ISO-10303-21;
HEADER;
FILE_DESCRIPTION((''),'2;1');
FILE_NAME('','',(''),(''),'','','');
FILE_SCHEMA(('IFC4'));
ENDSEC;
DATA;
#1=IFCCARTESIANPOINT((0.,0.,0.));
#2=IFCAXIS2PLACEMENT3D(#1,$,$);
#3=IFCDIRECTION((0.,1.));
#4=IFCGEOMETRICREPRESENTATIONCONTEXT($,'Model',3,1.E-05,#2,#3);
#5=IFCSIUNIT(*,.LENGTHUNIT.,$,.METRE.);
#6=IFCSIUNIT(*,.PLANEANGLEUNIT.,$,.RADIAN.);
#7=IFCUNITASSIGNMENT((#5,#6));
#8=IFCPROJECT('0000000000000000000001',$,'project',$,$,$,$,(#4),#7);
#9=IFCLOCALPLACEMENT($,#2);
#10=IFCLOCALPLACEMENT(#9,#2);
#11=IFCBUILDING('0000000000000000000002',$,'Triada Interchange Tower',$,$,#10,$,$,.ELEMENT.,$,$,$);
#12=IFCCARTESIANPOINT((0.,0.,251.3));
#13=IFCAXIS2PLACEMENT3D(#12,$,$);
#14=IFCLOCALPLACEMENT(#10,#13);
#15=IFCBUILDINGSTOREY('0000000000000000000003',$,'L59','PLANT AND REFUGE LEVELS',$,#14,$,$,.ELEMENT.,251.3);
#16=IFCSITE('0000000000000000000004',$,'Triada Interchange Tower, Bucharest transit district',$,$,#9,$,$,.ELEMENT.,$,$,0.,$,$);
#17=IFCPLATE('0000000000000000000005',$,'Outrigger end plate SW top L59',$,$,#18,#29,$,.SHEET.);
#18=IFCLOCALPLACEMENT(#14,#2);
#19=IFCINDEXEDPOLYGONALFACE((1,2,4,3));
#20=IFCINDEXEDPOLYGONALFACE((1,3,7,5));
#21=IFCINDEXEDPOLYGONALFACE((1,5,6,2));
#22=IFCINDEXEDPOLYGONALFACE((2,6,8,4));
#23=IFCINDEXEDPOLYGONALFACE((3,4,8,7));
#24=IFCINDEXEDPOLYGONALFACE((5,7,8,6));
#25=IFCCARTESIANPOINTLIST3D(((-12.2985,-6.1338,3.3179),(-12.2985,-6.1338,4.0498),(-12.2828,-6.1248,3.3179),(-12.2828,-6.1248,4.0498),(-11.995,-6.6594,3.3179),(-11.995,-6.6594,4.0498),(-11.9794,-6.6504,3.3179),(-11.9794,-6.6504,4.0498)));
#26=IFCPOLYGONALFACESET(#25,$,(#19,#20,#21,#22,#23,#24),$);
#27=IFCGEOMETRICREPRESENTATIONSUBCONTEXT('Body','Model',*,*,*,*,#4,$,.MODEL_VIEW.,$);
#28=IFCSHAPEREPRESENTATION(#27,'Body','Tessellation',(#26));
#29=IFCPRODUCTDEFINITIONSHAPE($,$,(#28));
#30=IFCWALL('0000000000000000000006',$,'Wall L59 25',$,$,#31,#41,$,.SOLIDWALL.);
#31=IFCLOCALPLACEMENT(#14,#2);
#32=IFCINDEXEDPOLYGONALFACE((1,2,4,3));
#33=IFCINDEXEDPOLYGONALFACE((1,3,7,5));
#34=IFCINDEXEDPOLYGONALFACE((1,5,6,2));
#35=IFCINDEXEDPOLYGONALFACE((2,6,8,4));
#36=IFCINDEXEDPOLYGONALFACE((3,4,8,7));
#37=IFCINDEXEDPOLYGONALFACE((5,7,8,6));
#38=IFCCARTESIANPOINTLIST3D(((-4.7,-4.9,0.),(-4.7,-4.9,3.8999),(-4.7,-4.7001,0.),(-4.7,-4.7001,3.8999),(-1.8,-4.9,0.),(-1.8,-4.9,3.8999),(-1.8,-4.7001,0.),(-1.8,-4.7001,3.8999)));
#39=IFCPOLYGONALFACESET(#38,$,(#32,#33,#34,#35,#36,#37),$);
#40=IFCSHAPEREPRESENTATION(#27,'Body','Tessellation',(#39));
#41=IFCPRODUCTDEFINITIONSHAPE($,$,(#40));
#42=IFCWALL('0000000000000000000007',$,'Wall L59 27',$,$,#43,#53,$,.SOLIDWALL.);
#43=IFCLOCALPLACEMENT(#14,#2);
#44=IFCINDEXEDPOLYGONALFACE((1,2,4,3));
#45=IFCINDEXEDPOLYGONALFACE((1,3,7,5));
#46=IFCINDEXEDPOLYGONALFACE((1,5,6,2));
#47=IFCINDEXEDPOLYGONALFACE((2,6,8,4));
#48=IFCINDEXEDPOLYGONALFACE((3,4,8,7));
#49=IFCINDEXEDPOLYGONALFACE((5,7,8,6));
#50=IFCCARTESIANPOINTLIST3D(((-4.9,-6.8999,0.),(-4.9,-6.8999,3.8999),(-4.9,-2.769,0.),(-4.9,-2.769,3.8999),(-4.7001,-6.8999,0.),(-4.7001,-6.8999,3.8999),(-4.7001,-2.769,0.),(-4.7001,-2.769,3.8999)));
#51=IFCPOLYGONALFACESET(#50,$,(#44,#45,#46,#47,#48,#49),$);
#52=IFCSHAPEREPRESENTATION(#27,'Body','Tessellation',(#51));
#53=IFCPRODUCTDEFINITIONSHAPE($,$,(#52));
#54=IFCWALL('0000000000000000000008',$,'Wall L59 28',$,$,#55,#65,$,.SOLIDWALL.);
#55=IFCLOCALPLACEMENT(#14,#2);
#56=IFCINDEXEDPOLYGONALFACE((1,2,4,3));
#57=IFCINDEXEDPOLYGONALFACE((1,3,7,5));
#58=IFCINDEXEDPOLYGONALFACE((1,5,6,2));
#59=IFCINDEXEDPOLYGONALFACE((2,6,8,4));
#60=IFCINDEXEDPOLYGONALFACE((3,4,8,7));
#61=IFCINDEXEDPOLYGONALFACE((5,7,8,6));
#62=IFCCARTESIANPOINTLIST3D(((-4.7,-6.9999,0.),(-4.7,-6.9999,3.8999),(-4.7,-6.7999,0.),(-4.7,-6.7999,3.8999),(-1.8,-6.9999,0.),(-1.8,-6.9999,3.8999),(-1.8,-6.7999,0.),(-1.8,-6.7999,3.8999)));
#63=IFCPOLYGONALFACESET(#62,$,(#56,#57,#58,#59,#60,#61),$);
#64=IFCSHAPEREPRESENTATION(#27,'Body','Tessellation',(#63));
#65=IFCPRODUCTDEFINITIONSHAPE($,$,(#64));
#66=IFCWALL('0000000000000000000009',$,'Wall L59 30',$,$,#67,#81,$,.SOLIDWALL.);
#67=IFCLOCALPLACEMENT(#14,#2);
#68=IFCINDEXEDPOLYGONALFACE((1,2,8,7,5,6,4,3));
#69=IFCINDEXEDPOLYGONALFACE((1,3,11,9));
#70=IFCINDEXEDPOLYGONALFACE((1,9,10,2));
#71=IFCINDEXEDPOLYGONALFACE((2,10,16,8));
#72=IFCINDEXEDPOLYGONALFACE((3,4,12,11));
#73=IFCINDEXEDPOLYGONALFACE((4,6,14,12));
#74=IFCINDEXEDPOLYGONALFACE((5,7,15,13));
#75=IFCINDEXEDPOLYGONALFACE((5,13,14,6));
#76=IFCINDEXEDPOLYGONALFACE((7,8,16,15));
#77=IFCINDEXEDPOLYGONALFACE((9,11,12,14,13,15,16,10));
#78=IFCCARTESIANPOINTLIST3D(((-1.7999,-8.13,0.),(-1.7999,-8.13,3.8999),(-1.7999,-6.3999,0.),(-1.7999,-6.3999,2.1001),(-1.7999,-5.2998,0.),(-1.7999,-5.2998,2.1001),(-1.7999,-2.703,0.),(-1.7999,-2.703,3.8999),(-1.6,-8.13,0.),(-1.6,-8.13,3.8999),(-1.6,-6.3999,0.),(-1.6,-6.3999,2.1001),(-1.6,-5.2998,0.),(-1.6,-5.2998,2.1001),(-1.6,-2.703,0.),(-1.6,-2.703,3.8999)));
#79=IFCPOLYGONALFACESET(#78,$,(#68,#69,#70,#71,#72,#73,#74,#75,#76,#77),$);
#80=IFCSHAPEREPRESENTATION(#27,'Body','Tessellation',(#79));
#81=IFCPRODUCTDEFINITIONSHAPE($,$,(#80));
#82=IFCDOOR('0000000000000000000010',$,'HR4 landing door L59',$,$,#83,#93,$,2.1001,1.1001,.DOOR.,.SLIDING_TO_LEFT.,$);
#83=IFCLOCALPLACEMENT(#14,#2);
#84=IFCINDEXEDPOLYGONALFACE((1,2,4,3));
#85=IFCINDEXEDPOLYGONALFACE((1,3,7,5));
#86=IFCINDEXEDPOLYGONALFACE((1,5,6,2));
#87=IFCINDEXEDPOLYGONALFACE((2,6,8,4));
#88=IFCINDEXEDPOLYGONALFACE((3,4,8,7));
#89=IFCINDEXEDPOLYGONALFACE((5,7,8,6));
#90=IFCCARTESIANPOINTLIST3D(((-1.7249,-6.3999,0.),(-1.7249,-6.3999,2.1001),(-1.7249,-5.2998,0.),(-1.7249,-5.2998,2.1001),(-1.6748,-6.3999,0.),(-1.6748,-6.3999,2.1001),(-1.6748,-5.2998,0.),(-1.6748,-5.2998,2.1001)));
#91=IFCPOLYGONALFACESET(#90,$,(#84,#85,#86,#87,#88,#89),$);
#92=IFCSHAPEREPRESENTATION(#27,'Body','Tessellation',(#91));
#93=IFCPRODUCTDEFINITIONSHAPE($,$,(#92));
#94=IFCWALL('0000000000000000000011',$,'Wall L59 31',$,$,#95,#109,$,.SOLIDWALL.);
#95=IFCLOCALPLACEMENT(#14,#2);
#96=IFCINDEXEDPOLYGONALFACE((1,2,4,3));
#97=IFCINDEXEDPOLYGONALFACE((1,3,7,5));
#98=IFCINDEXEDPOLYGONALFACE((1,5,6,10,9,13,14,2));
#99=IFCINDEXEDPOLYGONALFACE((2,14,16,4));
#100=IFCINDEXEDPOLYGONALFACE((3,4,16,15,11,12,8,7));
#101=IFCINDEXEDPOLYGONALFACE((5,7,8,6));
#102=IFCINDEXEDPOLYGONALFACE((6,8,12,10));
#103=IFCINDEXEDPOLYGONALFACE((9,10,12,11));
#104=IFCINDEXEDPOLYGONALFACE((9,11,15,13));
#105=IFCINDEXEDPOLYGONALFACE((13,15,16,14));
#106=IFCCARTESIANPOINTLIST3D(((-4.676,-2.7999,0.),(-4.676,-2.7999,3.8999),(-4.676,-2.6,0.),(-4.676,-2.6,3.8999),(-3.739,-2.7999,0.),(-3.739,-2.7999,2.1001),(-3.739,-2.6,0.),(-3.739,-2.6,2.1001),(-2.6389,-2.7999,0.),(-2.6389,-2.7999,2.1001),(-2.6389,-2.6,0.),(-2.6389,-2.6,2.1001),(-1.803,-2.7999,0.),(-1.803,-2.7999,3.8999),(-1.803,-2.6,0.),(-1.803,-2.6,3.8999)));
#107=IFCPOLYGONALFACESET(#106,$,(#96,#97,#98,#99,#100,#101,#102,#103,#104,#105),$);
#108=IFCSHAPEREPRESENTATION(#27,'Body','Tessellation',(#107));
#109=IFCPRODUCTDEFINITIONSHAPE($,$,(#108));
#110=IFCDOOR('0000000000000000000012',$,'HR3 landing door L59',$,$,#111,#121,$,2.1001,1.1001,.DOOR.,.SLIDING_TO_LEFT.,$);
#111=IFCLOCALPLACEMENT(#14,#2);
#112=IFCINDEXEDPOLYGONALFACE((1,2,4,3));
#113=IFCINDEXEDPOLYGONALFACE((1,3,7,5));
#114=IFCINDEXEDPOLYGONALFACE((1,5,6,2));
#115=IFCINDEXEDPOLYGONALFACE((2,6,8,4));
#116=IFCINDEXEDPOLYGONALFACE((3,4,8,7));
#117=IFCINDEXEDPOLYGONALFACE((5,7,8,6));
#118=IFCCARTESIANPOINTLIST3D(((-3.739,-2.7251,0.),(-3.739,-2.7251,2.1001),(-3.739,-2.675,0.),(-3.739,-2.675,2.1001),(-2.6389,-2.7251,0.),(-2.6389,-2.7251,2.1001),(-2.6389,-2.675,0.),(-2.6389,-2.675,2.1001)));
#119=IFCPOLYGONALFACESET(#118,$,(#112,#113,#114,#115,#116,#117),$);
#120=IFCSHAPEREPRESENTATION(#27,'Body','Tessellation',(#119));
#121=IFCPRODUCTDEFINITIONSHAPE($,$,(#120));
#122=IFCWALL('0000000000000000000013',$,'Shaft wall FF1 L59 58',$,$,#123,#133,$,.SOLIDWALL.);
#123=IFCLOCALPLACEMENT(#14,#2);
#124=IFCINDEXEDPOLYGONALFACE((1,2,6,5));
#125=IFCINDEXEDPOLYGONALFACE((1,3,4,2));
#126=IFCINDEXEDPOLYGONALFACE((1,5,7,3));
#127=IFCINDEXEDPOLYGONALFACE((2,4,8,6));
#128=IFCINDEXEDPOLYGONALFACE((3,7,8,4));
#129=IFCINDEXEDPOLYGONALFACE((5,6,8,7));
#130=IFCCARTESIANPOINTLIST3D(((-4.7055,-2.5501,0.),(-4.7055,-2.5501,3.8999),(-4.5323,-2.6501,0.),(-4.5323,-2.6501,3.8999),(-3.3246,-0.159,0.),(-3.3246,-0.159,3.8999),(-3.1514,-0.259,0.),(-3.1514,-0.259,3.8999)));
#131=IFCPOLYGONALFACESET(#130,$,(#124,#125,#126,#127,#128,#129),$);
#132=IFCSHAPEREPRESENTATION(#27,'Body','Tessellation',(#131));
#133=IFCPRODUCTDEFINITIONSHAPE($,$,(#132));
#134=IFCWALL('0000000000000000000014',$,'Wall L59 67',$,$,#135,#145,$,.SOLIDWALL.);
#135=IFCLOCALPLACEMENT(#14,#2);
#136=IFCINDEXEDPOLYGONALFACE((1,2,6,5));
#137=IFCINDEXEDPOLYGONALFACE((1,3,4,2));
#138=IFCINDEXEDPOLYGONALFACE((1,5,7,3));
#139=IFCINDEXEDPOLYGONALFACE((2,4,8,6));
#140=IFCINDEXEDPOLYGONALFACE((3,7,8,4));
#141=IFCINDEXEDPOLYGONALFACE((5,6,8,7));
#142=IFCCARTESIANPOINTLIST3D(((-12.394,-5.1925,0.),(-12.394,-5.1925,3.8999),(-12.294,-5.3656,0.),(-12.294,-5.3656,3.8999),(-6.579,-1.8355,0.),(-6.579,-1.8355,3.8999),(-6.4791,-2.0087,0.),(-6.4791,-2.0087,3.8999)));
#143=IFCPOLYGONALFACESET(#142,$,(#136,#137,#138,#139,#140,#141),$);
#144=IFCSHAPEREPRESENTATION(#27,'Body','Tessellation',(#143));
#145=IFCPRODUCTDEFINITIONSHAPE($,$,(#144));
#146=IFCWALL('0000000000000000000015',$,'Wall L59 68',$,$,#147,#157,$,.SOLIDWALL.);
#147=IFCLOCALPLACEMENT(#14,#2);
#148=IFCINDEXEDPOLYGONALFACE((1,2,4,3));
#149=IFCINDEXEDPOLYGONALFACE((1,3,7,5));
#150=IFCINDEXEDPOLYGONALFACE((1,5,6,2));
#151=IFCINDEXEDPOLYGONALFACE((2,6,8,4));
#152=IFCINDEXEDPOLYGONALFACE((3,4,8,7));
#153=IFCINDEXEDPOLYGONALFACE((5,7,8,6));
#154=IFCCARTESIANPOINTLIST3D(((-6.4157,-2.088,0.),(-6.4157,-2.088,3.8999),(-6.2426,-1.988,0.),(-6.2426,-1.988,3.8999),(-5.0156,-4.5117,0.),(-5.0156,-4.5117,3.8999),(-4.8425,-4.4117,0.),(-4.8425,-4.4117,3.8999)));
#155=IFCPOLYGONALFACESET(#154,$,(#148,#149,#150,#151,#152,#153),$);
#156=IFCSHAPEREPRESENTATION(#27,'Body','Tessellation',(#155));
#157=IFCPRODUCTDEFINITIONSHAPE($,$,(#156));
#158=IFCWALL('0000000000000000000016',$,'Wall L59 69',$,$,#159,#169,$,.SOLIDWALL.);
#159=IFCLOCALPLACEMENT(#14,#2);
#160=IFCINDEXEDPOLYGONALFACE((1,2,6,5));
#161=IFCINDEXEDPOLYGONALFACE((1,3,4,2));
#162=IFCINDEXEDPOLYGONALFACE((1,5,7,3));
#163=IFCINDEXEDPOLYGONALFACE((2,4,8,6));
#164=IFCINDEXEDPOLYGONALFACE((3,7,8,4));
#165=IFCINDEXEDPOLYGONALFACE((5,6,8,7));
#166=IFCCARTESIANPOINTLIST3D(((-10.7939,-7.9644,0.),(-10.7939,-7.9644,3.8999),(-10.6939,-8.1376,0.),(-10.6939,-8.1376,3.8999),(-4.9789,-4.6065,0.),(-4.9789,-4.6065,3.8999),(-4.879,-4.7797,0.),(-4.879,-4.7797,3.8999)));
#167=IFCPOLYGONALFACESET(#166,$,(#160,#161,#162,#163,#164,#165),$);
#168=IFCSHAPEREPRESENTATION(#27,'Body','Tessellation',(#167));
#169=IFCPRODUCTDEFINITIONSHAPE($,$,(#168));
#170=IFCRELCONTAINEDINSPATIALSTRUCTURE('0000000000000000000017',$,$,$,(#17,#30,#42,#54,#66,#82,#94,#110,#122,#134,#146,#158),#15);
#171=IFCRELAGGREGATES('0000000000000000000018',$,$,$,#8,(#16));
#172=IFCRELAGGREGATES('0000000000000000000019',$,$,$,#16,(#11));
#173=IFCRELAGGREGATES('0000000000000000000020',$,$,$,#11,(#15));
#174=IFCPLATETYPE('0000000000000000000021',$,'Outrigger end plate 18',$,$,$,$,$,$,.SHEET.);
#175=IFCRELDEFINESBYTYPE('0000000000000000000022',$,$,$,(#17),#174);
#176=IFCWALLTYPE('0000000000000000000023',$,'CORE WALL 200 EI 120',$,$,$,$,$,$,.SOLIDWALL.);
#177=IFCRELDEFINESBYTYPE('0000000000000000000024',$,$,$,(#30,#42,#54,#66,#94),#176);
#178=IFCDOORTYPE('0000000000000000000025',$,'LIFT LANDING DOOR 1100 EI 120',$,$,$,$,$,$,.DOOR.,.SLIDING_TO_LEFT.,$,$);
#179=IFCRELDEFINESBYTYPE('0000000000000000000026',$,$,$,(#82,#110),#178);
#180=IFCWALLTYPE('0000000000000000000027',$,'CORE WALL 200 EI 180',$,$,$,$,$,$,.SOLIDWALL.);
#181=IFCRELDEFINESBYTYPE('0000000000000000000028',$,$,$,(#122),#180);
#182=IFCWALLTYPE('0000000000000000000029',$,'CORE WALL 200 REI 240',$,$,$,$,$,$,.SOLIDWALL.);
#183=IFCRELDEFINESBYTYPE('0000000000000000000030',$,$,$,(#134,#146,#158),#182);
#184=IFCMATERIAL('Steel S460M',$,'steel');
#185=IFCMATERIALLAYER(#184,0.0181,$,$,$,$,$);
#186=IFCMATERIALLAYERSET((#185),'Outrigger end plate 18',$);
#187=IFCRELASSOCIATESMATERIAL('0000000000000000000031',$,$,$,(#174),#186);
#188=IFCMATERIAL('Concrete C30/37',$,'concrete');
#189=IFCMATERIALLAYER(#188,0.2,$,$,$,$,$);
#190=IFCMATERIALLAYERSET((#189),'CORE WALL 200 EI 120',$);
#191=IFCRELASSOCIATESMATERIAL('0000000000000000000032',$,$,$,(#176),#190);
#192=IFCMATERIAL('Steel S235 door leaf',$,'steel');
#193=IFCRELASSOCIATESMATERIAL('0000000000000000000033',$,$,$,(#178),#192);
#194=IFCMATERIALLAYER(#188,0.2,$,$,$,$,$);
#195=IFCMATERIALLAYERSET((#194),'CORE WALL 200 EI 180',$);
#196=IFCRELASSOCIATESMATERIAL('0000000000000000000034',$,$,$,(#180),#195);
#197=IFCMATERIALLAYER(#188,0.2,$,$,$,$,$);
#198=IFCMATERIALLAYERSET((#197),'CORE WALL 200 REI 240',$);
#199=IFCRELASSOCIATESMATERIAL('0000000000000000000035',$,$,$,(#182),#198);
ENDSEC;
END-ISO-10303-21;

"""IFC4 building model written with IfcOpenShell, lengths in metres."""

from ifc_helpers import new_model, si_unit, direction, frame, frame_2d, origin, origin_2d, place, context, subcontext, project, spatial, rectangle, extrude, material, layer, layer_set, type_object, element, fill, save


model = new_model("IFC4")

# Units and contexts
model_context = context("Model", 3, precision=1e-05, world=origin(), true_north=direction((0.0, 1.0)))
body_context = subcontext(model_context, "Body", "Model", "MODEL_VIEW")
ifc_project = project(units=[si_unit("LENGTHUNIT", "METRE"), si_unit("PLANEANGLEUNIT", "RADIAN")], contexts=[model_context])

# Site, building, storey
site_placement = place(None, origin())
site = spatial("IfcSite", under=ifc_project, at=site_placement, Name="Triada Interchange Tower, Bucharest transit district", CompositionType="ELEMENT", RefElevation=0.0)
building_placement = place(site_placement, origin())
building = spatial("IfcBuilding", under=site, at=building_placement, Name="Triada Interchange Tower", CompositionType="ELEMENT")
storey_placement = place(building_placement, frame((0.0, 0.0, 251.3)))
storey = spatial("IfcBuildingStorey", under=building, at=storey_placement, Name="L59", Description="PLANT AND REFUGE LEVELS", CompositionType="ELEMENT", Elevation=251.3)

# Shared definitions
ifc_material_1 = material(Name="Steel S460M", Category="steel")

# Plate
ifc_layer_1 = layer(ifc_material_1, 0.0181)
ifc_layer_set_1 = layer_set([ifc_layer_1], Name="Outrigger end plate 18")
plate_type = type_object("IfcPlateType", Name="Outrigger end plate 18", PredefinedType="SHEET", material=ifc_layer_set_1)
for number, where, z_axis, x_axis, name in (
    (1, (-12.1389, -6.3921, 3.3179), (0.0, 0.0, 1.0), (-0.866025, -0.5, 0.0), "Outrigger end plate SW top L59"),
):
    element("IfcPlate", number, at=place(storey_placement, frame(where, z_axis=z_axis, x_axis=x_axis)), inside=storey, type_object=plate_type, Name=name, PredefinedType="SHEET", context=body_context, shape_type="SweptSolid", body=[
        extrude(rectangle(XDim=0.0181, YDim=0.6069, at=origin_2d()), origin(), (0.0, 0.0, 1.0), 0.7319),
    ])

# Walls
ifc_material_2 = material(Name="Concrete C30/37", Category="concrete")
ifc_layer_2 = layer(ifc_material_2, 0.2)
ifc_layer_set_2 = layer_set([ifc_layer_2], Name="CORE WALL 200 EI 120")
wall_type_1 = type_object("IfcWallType", Name="CORE WALL 200 EI 120", PredefinedType="SOLIDWALL", material=ifc_layer_set_2)
wall_1_placement = place(storey_placement, frame((-4.7, -4.8, 0.0), z_axis=(0.0, 0.0, 1.0), x_axis=(1.0, 0.0, 0.0)))
element("IfcWall", 2, at=wall_1_placement, inside=storey, type_object=wall_type_1, Name="Wall L59 25", PredefinedType="SOLIDWALL", context=body_context, shape_type="SweptSolid", body=[
    extrude(rectangle(XDim=2.8999, YDim=0.2, at=frame_2d((1.45, 0.0))), origin(), (0.0, 0.0, 1.0), 3.8999),
])
wall_2_placement = place(storey_placement, frame((-4.8, -6.8999, 0.0), z_axis=(0.0, 0.0, 1.0), x_axis=(0.0, 1.0, 0.0)))
element("IfcWall", 3, at=wall_2_placement, inside=storey, type_object=wall_type_1, Name="Wall L59 27", PredefinedType="SOLIDWALL", context=body_context, shape_type="SweptSolid", body=[
    extrude(rectangle(XDim=4.1309, YDim=0.2, at=frame_2d((2.0654, 0.0))), origin(), (0.0, 0.0, 1.0), 3.8999),
])
wall_3_placement = place(storey_placement, frame((-4.7, -6.8999, 0.0), z_axis=(0.0, 0.0, 1.0), x_axis=(1.0, 0.0, 0.0)))
element("IfcWall", 4, at=wall_3_placement, inside=storey, type_object=wall_type_1, Name="Wall L59 28", PredefinedType="SOLIDWALL", context=body_context, shape_type="SweptSolid", body=[
    extrude(rectangle(XDim=2.8999, YDim=0.2, at=frame_2d((1.45, 0.0))), origin(), (0.0, 0.0, 1.0), 3.8999),
])

# Walls, openings, doors
wall_4_placement = place(storey_placement, frame((-1.7, -8.1299, 0.0), z_axis=(0.0, 0.0, 1.0), x_axis=(0.0, 1.0, 0.0)))
wall_4 = element("IfcWall", 5, at=wall_4_placement, inside=storey, type_object=wall_type_1, Name="Wall L59 30", PredefinedType="SOLIDWALL", context=body_context, shape_type="SweptSolid", body=[
    extrude(rectangle(XDim=5.427, YDim=0.2, at=frame_2d((2.7134, 0.0))), origin(), (0.0, 0.0, 1.0), 3.8999),
])
opening_1_placement = place(wall_4_placement, frame((1.73, 0.0, 0.0)))
opening_1 = element("IfcOpeningElement", 6, at=opening_1_placement, cuts=wall_4, PredefinedType="OPENING", context=body_context, shape_type="SweptSolid", body=[
    extrude(rectangle(XDim=1.1001, YDim=2.1001, at=frame_2d((0.55, 1.05))), frame((0.0, 0.1099, 0.0), z_axis=(0.0, -1.0, 0.0), x_axis=(1.0, 0.0, 0.0)), (0.0, 0.0, 1.0), 0.22),
])
ifc_material_3 = material(Name="Steel S235 door leaf", Category="steel")
door_type = type_object("IfcDoorType", Name="LIFT LANDING DOOR 1100 EI 120", OperationType="SLIDING_TO_LEFT", PredefinedType="DOOR", material=ifc_material_3)
door_1_placement = place(opening_1_placement, origin())
door_1 = element("IfcDoor", 7, at=door_1_placement, inside=storey, type_object=door_type, Name="HR4 landing door L59", OperationType="SLIDING_TO_LEFT", OverallHeight=2.1001, OverallWidth=1.1001, PredefinedType="DOOR", context=body_context, shape_type="SweptSolid", body=[
    extrude(rectangle(XDim=1.1001, YDim=2.1001, at=frame_2d((0.55, 1.05))), frame((0.0, 0.0249, 0.0), z_axis=(0.0, -1.0, 0.0), x_axis=(1.0, 0.0, 0.0)), (0.0, 0.0, 1.0), 0.05),
])
fill(opening_1, door_1)
wall_5_placement = place(storey_placement, frame((-4.676, -2.7, 0.0), z_axis=(0.0, 0.0, 1.0), x_axis=(1.0, 0.0, 0.0)))
wall_5 = element("IfcWall", 8, at=wall_5_placement, inside=storey, type_object=wall_type_1, Name="Wall L59 31", PredefinedType="SOLIDWALL", context=body_context, shape_type="SweptSolid", body=[
    extrude(rectangle(XDim=2.873, YDim=0.2, at=frame_2d((1.4365, 0.0))), origin(), (0.0, 0.0, 1.0), 3.8999),
])
opening_2_placement = place(wall_5_placement, frame((0.937, 0.0, 0.0)))
opening_2 = element("IfcOpeningElement", 9, at=opening_2_placement, cuts=wall_5, PredefinedType="OPENING", context=body_context, shape_type="SweptSolid", body=[
    extrude(rectangle(XDim=1.1001, YDim=2.1001, at=frame_2d((0.55, 1.05))), frame((0.0, 0.1099, 0.0), z_axis=(0.0, -1.0, 0.0), x_axis=(1.0, 0.0, 0.0)), (0.0, 0.0, 1.0), 0.22),
])
door_2_placement = place(opening_2_placement, origin())
door_2 = element("IfcDoor", 10, at=door_2_placement, inside=storey, type_object=door_type, Name="HR3 landing door L59", OperationType="SLIDING_TO_LEFT", OverallHeight=2.1001, OverallWidth=1.1001, PredefinedType="DOOR", context=body_context, shape_type="SweptSolid", body=[
    extrude(rectangle(XDim=1.1001, YDim=2.1001, at=frame_2d((0.55, 1.05))), frame((0.0, 0.0249, 0.0), z_axis=(0.0, -1.0, 0.0), x_axis=(1.0, 0.0, 0.0)), (0.0, 0.0, 1.0), 0.05),
])
fill(opening_2, door_2)

# Walls
ifc_layer_3 = layer(ifc_material_2, 0.2)
ifc_layer_set_3 = layer_set([ifc_layer_3], Name="CORE WALL 200 EI 180")
wall_type_2 = type_object("IfcWallType", Name="CORE WALL 200 EI 180", PredefinedType="SOLIDWALL", material=ifc_layer_set_3)
wall_6_placement = place(storey_placement, frame((-4.6189, -2.6001, 0.0), z_axis=(0.0, 0.0, 1.0), x_axis=(0.500095, 0.865971, 0.0)))
element("IfcWall", 11, at=wall_6_placement, inside=storey, type_object=wall_type_2, Name="Shaft wall FF1 L59 58", PredefinedType="SOLIDWALL", context=body_context, shape_type="SweptSolid", body=[
    extrude(rectangle(XDim=2.7612, YDim=0.2, at=frame_2d((1.3806, 0.0))), origin(), (0.0, 0.0, 1.0), 3.8999),
])
ifc_layer_4 = layer(ifc_material_2, 0.2)
ifc_layer_set_4 = layer_set([ifc_layer_4], Name="CORE WALL 200 REI 240")
wall_type_3 = type_object("IfcWallType", Name="CORE WALL 200 REI 240", PredefinedType="SOLIDWALL", material=ifc_layer_set_4)
wall_7_placement = place(storey_placement, frame((-12.344, -5.2791, 0.0), z_axis=(0.0, 0.0, 1.0), x_axis=(0.866046, 0.499964, 0.0)))
element("IfcWall", 12, at=wall_7_placement, inside=storey, type_object=wall_type_3, Name="Wall L59 67", PredefinedType="SOLIDWALL", context=body_context, shape_type="SweptSolid", body=[
    extrude(rectangle(XDim=6.7144, YDim=0.2, at=frame_2d((3.3572, 0.0))), origin(), (0.0, 0.0, 1.0), 3.8999),
])
wall_8_placement = place(storey_placement, frame((-6.3291, -2.0381, 0.0), z_axis=(0.0, 0.0, 1.0), x_axis=(0.500201, -0.86591, 0.0)))
element("IfcWall", 13, at=wall_8_placement, inside=storey, type_object=wall_type_3, Name="Wall L59 68", PredefinedType="SOLIDWALL", context=body_context, shape_type="SweptSolid", body=[
    extrude(rectangle(XDim=2.7991, YDim=0.2, at=frame_2d((1.3994, 0.0))), origin(), (0.0, 0.0, 1.0), 3.8999),
])
wall_9_placement = place(storey_placement, frame((-10.7439, -8.051, 0.0), z_axis=(0.0, 0.0, 1.0), x_axis=(0.865983, 0.500073, 0.0)))
element("IfcWall", 14, at=wall_9_placement, inside=storey, type_object=wall_type_3, Name="Wall L59 69", PredefinedType="SOLIDWALL", context=body_context, shape_type="SweptSolid", body=[
    extrude(rectangle(XDim=6.7148, YDim=0.2, at=frame_2d((3.3574, 0.0))), origin(), (0.0, 0.0, 1.0), 3.8999),
])

save(model, "model.ifc")
